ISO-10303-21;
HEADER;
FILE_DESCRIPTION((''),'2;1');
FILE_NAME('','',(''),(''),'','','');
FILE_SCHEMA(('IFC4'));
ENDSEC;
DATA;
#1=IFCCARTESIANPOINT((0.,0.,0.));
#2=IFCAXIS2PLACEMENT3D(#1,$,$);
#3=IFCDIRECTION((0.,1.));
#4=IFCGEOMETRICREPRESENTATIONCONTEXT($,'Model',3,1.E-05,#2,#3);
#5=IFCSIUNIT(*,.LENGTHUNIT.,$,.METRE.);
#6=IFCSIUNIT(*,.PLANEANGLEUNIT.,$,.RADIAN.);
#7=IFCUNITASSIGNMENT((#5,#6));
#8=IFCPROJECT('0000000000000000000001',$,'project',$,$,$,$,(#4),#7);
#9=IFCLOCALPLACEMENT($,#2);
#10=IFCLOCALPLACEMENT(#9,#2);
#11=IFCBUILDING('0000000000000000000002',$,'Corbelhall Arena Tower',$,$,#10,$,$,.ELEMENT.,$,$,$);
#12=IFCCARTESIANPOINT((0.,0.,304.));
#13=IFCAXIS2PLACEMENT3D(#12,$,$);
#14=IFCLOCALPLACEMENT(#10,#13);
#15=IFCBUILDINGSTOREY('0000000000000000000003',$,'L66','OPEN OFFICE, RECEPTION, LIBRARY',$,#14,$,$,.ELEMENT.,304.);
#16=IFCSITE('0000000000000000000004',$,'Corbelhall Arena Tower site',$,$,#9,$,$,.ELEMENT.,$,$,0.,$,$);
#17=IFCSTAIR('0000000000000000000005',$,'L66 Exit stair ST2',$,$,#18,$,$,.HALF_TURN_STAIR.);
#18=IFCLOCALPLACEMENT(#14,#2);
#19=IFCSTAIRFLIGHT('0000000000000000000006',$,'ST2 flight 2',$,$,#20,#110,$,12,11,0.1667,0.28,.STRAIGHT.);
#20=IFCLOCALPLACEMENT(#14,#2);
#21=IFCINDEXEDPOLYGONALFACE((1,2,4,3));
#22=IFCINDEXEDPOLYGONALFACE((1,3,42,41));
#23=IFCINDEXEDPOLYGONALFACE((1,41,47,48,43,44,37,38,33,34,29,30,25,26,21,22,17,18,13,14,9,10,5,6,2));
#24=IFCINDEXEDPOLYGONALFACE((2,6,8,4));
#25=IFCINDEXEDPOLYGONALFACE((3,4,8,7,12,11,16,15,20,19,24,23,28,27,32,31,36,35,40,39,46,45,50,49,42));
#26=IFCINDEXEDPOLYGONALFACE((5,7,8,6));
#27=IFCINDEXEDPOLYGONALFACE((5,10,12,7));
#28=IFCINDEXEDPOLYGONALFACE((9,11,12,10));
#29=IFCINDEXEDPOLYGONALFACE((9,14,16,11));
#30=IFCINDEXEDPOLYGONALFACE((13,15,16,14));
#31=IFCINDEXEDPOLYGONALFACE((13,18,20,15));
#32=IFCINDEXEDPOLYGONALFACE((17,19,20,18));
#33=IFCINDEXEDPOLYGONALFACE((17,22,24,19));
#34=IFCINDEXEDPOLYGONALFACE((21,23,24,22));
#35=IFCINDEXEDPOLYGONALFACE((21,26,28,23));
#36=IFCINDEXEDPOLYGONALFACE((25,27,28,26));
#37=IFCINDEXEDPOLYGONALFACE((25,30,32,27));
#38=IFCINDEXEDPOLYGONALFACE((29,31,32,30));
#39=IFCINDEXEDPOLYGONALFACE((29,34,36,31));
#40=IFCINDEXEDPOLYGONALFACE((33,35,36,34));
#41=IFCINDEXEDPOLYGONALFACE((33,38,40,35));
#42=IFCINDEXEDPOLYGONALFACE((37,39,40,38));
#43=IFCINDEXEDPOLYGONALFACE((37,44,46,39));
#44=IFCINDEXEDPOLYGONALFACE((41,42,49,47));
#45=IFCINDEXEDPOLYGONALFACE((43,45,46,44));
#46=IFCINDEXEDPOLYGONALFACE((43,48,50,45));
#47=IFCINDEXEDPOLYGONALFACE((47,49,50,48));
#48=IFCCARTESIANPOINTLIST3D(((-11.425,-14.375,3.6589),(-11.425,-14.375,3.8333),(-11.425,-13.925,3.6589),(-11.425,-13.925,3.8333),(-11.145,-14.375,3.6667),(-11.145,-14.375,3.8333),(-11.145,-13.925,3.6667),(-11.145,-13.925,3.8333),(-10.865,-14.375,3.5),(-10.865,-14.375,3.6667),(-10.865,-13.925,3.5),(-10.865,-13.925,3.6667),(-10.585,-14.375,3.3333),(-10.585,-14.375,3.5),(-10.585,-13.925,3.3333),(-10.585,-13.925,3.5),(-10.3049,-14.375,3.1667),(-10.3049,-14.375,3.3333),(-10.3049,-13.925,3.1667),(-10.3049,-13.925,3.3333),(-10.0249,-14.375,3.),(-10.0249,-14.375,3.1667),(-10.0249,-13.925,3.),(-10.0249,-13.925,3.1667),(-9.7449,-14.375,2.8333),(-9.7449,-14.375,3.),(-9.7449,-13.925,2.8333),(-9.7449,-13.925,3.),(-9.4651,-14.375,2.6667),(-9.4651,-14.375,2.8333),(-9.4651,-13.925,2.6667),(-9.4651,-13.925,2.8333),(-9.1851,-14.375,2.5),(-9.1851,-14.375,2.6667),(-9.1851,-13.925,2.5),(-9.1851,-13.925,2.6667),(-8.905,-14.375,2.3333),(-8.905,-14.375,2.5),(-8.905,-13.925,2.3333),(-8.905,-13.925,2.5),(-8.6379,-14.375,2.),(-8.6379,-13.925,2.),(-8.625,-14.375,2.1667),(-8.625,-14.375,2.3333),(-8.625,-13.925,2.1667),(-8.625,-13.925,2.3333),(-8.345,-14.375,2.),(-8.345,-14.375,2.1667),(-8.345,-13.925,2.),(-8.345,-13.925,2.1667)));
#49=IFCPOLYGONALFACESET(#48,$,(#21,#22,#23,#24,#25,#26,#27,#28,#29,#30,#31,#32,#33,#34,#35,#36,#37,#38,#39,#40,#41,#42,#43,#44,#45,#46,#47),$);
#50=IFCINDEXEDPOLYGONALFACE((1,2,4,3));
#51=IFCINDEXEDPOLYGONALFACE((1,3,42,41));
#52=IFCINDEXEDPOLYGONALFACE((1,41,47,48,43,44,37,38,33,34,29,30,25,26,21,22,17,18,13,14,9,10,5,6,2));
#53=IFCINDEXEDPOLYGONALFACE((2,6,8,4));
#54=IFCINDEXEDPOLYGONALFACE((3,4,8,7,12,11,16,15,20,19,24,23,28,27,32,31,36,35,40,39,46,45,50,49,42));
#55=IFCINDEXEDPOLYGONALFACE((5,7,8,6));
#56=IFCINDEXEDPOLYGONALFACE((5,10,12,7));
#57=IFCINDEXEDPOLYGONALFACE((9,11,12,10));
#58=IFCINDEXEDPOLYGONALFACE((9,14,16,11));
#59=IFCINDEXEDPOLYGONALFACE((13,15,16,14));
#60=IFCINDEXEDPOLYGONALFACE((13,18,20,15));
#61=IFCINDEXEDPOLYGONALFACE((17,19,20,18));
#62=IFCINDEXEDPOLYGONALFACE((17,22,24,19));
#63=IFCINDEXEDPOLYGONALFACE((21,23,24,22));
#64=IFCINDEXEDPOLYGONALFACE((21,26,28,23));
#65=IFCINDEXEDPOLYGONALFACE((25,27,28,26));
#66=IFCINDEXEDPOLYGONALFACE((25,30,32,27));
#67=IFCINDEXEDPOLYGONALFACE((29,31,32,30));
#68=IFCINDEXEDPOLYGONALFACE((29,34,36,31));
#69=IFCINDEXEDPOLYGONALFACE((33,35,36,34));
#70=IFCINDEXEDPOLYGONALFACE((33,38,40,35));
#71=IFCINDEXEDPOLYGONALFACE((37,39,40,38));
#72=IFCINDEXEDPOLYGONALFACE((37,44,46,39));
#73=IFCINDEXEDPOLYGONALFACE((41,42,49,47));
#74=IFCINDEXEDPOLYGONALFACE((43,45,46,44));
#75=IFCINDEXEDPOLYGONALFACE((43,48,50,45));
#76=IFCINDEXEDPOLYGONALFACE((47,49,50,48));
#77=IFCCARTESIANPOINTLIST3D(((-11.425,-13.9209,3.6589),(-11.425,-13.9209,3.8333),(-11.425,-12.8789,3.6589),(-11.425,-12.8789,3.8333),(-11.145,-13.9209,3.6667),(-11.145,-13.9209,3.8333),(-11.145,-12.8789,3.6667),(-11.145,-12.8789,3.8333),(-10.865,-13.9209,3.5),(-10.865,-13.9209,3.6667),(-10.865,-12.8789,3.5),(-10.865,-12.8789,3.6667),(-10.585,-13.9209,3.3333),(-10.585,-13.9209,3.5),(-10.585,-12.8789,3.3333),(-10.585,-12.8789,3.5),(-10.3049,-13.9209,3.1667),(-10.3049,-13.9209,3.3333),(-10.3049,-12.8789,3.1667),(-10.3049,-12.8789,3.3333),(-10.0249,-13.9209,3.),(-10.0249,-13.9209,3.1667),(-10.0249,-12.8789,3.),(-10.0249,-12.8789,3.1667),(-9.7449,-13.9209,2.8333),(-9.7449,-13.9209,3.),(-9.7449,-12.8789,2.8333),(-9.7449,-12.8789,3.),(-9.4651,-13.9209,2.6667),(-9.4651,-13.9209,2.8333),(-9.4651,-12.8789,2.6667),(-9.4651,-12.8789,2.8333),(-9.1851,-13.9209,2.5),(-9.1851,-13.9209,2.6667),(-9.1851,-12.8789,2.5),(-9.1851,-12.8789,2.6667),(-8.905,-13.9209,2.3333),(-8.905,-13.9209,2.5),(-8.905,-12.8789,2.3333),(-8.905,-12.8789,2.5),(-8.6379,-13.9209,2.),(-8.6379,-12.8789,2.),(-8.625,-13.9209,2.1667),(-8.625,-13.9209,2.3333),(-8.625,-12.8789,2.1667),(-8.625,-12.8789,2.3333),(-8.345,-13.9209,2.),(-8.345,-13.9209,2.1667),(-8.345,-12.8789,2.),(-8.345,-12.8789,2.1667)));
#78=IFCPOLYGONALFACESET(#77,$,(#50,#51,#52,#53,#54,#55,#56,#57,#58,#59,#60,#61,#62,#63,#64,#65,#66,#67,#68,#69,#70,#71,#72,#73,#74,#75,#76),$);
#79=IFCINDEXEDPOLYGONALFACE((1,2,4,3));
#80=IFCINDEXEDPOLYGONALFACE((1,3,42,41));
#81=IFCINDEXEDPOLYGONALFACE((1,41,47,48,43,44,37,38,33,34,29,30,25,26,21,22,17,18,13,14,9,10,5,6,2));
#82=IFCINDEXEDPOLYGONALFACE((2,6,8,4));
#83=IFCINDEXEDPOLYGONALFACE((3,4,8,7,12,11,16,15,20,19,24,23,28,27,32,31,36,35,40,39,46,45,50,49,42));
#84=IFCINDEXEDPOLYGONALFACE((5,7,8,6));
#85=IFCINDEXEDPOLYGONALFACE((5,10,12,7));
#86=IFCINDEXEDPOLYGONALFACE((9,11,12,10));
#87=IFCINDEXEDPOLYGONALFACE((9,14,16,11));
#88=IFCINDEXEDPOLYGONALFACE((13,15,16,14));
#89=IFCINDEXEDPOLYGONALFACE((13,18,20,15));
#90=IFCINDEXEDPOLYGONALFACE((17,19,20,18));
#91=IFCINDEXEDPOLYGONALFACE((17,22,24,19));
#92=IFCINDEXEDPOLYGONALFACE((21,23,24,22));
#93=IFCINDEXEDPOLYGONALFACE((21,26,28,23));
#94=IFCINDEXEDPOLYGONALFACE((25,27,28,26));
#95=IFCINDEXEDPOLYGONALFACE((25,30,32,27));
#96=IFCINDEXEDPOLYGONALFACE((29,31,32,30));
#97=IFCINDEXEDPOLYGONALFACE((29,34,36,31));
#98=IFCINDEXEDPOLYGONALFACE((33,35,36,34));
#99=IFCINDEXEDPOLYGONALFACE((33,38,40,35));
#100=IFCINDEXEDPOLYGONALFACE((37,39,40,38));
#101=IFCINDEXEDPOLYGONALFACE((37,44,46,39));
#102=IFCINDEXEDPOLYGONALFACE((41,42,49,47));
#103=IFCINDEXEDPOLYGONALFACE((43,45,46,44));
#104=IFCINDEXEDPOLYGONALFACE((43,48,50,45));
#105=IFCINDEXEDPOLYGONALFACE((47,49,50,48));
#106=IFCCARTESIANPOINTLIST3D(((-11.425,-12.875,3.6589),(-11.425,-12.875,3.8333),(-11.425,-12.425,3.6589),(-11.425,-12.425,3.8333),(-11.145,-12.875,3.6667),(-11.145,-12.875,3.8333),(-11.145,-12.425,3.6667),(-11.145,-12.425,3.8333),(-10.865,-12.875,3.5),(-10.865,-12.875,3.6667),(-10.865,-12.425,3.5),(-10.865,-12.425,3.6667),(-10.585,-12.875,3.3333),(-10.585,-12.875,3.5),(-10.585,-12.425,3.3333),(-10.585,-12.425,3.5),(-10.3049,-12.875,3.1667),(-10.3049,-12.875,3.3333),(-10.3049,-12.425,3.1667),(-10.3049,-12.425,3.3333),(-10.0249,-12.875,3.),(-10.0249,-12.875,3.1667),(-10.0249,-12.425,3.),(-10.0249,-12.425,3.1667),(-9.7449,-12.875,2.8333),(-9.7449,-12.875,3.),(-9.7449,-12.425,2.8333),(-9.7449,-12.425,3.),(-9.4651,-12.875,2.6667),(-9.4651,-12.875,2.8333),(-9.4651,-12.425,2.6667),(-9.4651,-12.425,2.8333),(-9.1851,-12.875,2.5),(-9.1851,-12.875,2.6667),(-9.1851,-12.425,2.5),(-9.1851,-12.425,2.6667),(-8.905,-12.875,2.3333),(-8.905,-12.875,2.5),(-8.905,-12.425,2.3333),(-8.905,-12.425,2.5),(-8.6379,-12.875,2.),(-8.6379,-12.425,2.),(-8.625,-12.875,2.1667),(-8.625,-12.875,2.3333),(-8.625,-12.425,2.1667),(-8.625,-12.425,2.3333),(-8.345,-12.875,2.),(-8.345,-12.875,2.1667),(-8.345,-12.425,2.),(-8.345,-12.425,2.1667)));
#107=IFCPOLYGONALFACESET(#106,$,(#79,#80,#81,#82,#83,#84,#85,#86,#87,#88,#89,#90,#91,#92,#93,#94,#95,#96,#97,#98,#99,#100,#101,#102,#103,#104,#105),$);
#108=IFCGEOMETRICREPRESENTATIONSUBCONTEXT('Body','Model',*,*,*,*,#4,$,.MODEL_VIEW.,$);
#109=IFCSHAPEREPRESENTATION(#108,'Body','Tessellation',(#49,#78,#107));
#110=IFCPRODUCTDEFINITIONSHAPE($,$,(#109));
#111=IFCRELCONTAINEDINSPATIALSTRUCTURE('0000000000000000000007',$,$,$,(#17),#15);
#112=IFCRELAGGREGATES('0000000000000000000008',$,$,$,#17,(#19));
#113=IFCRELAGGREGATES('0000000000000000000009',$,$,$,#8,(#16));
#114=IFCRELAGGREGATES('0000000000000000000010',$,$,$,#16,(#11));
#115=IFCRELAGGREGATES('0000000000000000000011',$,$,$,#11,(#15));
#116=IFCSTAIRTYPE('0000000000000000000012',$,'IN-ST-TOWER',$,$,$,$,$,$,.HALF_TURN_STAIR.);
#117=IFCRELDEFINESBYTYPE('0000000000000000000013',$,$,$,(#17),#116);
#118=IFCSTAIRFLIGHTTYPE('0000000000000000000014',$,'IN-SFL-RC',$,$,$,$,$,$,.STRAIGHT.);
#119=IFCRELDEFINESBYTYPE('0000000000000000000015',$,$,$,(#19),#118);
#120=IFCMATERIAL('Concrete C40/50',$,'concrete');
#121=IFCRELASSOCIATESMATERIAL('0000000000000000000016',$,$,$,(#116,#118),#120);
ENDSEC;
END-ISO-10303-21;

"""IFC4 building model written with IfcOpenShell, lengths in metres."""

from ifc_helpers import new_model, si_unit, direction, frame, origin, place, context, subcontext, project, spatial, polyline, outline, extrude, material, type_object, element, aggregate, save


model = new_model("IFC4")

# Units and contexts
model_context = context("Model", 3, precision=1e-05, world=origin(), true_north=direction((0.0, 1.0)))
body_context = subcontext(model_context, "Body", "Model", "MODEL_VIEW")
ifc_project = project(units=[si_unit("LENGTHUNIT", "METRE"), si_unit("PLANEANGLEUNIT", "RADIAN")], contexts=[model_context])

# Site, building, storey
site_placement = place(None, origin())
site = spatial("IfcSite", under=ifc_project, at=site_placement, Name="Corbelhall Arena Tower site", CompositionType="ELEMENT", RefElevation=0.0)
building_placement = place(site_placement, origin())
building = spatial("IfcBuilding", under=site, at=building_placement, Name="Corbelhall Arena Tower", CompositionType="ELEMENT")
storey_placement = place(building_placement, frame((0.0, 0.0, 304.0)))
storey = spatial("IfcBuildingStorey", under=building, at=storey_placement, Name="L66", Description="OPEN OFFICE, RECEPTION, LIBRARY", CompositionType="ELEMENT", Elevation=304.0)

# Shared definitions
ifc_material_1 = material(Name="Concrete C40/50", Category="concrete")

# Stair, stair flight
stair_type = type_object("IfcStairType", Name="IN-ST-TOWER", PredefinedType="HALF_TURN_STAIR", material=ifc_material_1)
stair_placement = place(storey_placement, origin())
stair = element("IfcStair", 1, at=stair_placement, inside=storey, type_object=stair_type, Name="L66 Exit stair ST2", PredefinedType="HALF_TURN_STAIR")
stair_flight_type = type_object("IfcStairFlightType", Name="IN-SFL-RC", PredefinedType="STRAIGHT", material=ifc_material_1)
stair_flight_1_placement = place(storey_placement, frame((-8.345, -13.3999, 2.0), z_axis=(0.0, 0.0, 1.0), x_axis=(-1.0, 0.0, 0.0)))
stair_flight_1 = element("IfcStairFlight", 2, at=stair_flight_1_placement, type_object=stair_flight_type, Name="ST2 flight 2", NumberOfRisers=12, NumberOfTreads=11, PredefinedType="STRAIGHT", RiserHeight=0.1667, TreadLength=0.28, context=body_context, shape_type="SweptSolid", body=[
    extrude(outline(polyline([(0.0, 0.0), (0.0, 0.1667), (0.28, 0.1667), (0.28, 0.3333), (0.5601, 0.3333), (0.5601, 0.5), (0.8401, 0.5), (0.8401, 0.6667), (1.1201, 0.6667), (1.1201, 0.8333), (1.3999, 0.8333), (1.3999, 1.0), (1.6799, 1.0), (1.6799, 1.1667), (1.96, 1.1667), (1.96, 1.3333), (2.24, 1.3333), (2.24, 1.5), (2.52, 1.5), (2.52, 1.6667), (2.8, 1.6667), (2.8, 1.8333), (3.0801, 1.8333), (3.0801, 2.0), (3.0801, 1.6589), (0.293, 0.0), (0.0, 0.0)])), frame((0.0, 0.9751, 0.0), z_axis=(0.0, -1.0, 0.0), x_axis=(1.0, 0.0, 0.0)), (0.0, 0.0, 1.0), 0.45),
    extrude(outline(polyline([(0.0, 0.0), (0.0, 0.1667), (0.28, 0.1667), (0.28, 0.3333), (0.5601, 0.3333), (0.5601, 0.5), (0.8401, 0.5), (0.8401, 0.6667), (1.1201, 0.6667), (1.1201, 0.8333), (1.3999, 0.8333), (1.3999, 1.0), (1.6799, 1.0), (1.6799, 1.1667), (1.96, 1.1667), (1.96, 1.3333), (2.24, 1.3333), (2.24, 1.5), (2.52, 1.5), (2.52, 1.6667), (2.8, 1.6667), (2.8, 1.8333), (3.0801, 1.8333), (3.0801, 2.0), (3.0801, 1.6589), (0.293, 0.0), (0.0, 0.0)])), frame((0.0, 0.521, 0.0), z_axis=(0.0, -1.0, 0.0), x_axis=(1.0, 0.0, 0.0)), (0.0, 0.0, 1.0), 1.042),
    extrude(outline(polyline([(0.0, 0.0), (0.0, 0.1667), (0.28, 0.1667), (0.28, 0.3333), (0.5601, 0.3333), (0.5601, 0.5), (0.8401, 0.5), (0.8401, 0.6667), (1.1201, 0.6667), (1.1201, 0.8333), (1.3999, 0.8333), (1.3999, 1.0), (1.6799, 1.0), (1.6799, 1.1667), (1.96, 1.1667), (1.96, 1.3333), (2.24, 1.3333), (2.24, 1.5), (2.52, 1.5), (2.52, 1.6667), (2.8, 1.6667), (2.8, 1.8333), (3.0801, 1.8333), (3.0801, 2.0), (3.0801, 1.6589), (0.293, 0.0), (0.0, 0.0)])), frame((0.0, -0.5249, 0.0), z_axis=(0.0, -1.0, 0.0), x_axis=(1.0, 0.0, 0.0)), (0.0, 0.0, 1.0), 0.45),
])
aggregate(stair, [stair_flight_1])

save(model, "model.ifc")
